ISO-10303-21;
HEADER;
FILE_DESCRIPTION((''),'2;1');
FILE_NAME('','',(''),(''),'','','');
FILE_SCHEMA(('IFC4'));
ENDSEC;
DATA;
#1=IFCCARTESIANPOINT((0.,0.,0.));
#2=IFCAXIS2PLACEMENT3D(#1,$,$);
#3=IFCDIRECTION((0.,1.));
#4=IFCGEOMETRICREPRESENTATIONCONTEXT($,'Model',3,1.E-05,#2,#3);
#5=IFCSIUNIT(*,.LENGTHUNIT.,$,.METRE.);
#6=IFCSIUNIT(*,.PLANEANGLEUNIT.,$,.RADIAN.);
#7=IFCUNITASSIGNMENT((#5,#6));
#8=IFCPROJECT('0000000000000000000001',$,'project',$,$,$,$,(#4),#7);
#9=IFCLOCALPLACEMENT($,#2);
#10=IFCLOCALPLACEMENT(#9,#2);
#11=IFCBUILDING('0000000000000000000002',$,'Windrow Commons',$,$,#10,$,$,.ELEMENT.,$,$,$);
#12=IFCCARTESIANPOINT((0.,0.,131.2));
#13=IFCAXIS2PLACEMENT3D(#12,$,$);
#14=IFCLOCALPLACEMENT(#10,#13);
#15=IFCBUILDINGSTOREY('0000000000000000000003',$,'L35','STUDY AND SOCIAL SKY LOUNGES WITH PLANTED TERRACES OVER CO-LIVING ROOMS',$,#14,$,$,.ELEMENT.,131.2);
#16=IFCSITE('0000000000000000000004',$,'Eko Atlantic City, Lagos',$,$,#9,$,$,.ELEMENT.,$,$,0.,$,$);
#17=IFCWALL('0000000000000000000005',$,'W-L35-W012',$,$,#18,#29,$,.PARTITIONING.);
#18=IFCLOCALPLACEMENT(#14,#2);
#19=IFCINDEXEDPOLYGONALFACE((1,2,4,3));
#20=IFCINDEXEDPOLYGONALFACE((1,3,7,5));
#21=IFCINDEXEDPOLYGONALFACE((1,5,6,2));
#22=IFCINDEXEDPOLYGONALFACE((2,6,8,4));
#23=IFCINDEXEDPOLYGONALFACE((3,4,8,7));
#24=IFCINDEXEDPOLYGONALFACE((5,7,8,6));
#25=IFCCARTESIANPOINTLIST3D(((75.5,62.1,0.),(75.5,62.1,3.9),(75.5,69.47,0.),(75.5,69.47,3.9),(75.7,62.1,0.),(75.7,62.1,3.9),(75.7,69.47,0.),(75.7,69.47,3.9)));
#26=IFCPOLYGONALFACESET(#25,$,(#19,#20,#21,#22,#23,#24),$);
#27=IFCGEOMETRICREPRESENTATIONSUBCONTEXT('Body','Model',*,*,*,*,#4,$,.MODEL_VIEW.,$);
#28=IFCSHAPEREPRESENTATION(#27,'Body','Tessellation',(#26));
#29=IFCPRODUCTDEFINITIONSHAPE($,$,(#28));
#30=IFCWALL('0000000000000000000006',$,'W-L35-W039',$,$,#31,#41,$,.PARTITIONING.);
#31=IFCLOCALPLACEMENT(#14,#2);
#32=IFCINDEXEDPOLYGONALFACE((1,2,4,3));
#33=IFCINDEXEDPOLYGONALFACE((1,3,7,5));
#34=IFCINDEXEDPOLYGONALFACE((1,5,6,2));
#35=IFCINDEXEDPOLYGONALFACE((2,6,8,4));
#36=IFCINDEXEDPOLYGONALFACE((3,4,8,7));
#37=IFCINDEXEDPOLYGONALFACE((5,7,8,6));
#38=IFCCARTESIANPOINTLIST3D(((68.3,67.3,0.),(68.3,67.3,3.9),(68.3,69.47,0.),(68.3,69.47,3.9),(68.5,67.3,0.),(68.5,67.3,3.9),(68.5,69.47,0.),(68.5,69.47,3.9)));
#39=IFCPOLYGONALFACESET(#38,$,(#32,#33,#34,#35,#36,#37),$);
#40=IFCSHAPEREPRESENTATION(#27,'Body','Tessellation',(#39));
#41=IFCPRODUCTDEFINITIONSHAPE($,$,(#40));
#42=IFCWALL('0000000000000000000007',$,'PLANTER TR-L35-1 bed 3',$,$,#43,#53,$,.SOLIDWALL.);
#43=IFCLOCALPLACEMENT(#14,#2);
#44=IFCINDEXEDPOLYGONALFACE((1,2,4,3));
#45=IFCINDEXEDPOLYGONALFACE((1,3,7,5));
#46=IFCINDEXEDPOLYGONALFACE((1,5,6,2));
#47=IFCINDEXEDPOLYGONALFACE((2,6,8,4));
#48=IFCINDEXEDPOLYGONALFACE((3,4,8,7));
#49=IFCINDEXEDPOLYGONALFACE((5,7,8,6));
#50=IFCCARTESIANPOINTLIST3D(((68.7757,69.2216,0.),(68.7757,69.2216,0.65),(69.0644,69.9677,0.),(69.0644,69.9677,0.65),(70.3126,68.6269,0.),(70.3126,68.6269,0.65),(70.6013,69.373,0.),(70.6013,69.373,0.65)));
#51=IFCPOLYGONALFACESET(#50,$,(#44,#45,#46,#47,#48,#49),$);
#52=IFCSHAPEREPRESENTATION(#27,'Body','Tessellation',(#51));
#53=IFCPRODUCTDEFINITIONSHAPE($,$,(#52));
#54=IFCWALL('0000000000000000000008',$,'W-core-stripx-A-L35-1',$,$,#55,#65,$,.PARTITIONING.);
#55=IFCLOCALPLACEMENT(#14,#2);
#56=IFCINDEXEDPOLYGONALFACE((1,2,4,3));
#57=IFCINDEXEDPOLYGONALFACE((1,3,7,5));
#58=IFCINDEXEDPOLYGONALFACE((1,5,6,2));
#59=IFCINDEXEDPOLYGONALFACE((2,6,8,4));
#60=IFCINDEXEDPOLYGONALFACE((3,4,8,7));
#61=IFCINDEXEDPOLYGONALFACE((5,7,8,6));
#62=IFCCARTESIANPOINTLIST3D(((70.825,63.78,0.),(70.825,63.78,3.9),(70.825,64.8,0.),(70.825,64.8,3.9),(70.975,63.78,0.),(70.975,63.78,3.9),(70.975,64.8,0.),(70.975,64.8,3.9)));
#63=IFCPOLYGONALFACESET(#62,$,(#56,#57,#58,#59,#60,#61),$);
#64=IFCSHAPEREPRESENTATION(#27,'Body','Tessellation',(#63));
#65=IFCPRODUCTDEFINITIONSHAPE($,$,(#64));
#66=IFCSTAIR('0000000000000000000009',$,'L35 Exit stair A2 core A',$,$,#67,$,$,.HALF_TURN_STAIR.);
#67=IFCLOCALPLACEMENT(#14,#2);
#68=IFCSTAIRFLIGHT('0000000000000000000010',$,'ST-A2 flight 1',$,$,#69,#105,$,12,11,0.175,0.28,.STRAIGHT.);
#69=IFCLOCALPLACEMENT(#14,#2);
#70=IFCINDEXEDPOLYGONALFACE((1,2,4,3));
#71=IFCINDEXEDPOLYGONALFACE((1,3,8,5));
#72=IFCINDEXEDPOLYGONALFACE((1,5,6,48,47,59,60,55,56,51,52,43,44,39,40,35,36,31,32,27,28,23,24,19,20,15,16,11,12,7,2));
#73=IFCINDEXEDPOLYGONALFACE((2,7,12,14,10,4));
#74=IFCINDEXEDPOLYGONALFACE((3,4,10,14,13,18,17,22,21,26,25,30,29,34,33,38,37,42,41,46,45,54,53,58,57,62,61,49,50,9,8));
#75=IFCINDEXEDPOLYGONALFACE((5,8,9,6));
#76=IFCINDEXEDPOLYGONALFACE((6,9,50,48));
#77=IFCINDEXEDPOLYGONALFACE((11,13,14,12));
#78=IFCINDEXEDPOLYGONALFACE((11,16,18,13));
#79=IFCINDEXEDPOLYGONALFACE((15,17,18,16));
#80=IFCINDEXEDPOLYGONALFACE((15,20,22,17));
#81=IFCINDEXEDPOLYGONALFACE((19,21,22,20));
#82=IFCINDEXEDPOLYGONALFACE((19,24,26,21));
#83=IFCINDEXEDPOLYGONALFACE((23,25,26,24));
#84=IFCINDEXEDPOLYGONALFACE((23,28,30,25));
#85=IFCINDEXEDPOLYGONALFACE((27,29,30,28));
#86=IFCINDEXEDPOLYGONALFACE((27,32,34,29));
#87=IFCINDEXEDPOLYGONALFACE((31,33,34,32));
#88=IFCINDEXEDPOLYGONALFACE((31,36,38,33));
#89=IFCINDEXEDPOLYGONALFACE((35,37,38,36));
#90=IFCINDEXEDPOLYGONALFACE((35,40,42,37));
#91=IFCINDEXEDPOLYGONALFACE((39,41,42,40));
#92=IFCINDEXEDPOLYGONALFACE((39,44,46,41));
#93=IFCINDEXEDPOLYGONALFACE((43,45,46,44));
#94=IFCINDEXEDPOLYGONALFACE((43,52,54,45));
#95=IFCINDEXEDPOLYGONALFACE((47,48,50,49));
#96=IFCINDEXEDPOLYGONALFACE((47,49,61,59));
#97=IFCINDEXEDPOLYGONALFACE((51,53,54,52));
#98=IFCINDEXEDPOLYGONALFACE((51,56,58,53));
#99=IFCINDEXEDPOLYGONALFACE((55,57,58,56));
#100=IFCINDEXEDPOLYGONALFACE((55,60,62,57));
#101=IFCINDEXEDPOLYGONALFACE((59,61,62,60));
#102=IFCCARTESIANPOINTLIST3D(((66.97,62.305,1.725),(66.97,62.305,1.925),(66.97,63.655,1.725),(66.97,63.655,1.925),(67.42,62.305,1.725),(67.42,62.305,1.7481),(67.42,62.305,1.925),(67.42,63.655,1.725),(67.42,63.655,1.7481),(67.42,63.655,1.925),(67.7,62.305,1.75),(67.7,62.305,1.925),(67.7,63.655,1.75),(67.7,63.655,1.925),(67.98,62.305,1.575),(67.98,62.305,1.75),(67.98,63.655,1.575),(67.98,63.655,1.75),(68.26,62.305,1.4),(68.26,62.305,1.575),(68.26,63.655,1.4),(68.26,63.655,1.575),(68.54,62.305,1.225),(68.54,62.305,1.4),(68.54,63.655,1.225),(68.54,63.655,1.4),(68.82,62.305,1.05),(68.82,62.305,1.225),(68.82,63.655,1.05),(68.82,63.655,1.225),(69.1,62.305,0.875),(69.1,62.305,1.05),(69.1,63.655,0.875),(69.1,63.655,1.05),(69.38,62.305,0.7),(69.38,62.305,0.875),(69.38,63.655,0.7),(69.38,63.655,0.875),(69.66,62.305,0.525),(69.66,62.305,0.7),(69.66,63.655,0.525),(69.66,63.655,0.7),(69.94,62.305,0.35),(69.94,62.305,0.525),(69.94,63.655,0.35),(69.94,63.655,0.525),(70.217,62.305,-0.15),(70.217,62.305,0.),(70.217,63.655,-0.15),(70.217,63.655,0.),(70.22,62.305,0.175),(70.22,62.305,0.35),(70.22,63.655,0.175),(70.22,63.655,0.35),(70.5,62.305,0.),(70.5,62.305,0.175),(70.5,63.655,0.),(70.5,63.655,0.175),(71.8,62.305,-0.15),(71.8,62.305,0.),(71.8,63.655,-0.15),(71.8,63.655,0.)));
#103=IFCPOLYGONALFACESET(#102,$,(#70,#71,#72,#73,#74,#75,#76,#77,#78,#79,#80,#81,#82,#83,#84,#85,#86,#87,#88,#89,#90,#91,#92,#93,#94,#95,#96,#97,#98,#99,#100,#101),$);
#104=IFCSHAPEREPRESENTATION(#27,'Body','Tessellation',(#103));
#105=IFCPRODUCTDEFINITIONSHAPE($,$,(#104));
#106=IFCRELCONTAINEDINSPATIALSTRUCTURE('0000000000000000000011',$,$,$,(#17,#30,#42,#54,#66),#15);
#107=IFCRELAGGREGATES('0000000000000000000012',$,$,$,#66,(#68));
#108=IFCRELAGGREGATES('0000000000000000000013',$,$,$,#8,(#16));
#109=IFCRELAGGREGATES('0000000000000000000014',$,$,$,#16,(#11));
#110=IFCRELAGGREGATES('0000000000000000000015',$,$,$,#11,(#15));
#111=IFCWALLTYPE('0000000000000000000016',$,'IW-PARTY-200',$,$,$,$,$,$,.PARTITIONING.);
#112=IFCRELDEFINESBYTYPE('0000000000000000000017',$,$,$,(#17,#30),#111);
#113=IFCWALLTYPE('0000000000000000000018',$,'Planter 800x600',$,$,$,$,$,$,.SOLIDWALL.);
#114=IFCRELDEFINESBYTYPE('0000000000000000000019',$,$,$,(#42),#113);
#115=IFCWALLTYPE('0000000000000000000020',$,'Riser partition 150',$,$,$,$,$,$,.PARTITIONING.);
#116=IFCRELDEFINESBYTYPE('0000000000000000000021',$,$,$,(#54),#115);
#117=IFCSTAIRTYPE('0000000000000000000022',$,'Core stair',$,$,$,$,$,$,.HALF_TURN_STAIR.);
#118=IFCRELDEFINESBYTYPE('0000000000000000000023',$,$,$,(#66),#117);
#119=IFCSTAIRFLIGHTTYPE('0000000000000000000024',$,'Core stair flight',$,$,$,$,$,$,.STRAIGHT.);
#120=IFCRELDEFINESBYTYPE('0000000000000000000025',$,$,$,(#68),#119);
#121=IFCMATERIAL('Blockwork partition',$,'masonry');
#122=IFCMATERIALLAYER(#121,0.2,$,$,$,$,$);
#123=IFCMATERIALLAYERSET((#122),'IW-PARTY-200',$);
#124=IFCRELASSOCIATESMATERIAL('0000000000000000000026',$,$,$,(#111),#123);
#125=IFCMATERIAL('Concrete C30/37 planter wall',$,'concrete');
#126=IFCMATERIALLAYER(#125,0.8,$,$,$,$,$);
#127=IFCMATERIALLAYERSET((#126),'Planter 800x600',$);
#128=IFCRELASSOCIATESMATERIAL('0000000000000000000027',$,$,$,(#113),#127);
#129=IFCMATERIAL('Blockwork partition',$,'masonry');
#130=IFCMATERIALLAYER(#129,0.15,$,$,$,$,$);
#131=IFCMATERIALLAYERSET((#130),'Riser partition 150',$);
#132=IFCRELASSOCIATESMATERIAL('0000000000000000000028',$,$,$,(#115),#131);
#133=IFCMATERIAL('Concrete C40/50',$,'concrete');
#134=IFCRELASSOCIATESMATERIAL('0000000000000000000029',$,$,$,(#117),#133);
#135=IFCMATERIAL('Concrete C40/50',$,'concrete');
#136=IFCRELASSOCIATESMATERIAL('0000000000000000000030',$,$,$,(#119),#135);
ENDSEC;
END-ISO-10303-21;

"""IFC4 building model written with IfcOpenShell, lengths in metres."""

from ifc_helpers import new_model, si_unit, direction, frame, frame_2d, origin, place, context, subcontext, project, spatial, polyline, rectangle, outline, extrude, material, layer, layer_set, type_object, element, aggregate, save


model = new_model("IFC4")

# Units and contexts
model_context = context("Model", 3, precision=1e-05, world=origin(), true_north=direction((0.0, 1.0)))
body_context = subcontext(model_context, "Body", "Model", "MODEL_VIEW")
ifc_project = project(units=[si_unit("LENGTHUNIT", "METRE"), si_unit("PLANEANGLEUNIT", "RADIAN")], contexts=[model_context])

# Site, building, storey
site_placement = place(None, origin())
site = spatial("IfcSite", under=ifc_project, at=site_placement, Name="Eko Atlantic City, Lagos", CompositionType="ELEMENT", RefElevation=0.0)
building_placement = place(site_placement, origin())
building = spatial("IfcBuilding", under=site, at=building_placement, Name="Windrow Commons", CompositionType="ELEMENT")
storey_placement = place(building_placement, frame((0.0, 0.0, 131.2)))
storey = spatial("IfcBuildingStorey", under=building, at=storey_placement, Name="L35", Description="STUDY AND SOCIAL SKY LOUNGES WITH PLANTED TERRACES OVER CO-LIVING ROOMS", CompositionType="ELEMENT", Elevation=131.2)

# Shared definitions
placement = place(storey_placement, origin())

# Walls
ifc_material_1 = material(Name="Blockwork partition", Category="masonry")
ifc_layer_1 = layer(ifc_material_1, 0.2)
ifc_layer_set_1 = layer_set([ifc_layer_1], Name="IW-PARTY-200")
wall_type_1 = type_object("IfcWallType", Name="IW-PARTY-200", PredefinedType="PARTITIONING", material=ifc_layer_set_1)
wall_1_placement = place(storey_placement, frame((75.6, 62.1, 0.0), z_axis=(0.0, 0.0, 1.0), x_axis=(0.0, 1.0, 0.0)))
element("IfcWall", 1, at=wall_1_placement, inside=storey, type_object=wall_type_1, Name="W-L35-W012", PredefinedType="PARTITIONING", context=body_context, shape_type="SweptSolid", body=[
    extrude(rectangle(XDim=7.37, YDim=0.2, at=frame_2d((3.685, 0.0))), origin(), (0.0, 0.0, 1.0), 3.9),
])
wall_2_placement = place(storey_placement, frame((68.4, 67.3, 0.0), z_axis=(0.0, 0.0, 1.0), x_axis=(0.0, 1.0, 0.0)))
element("IfcWall", 2, at=wall_2_placement, inside=storey, type_object=wall_type_1, Name="W-L35-W039", PredefinedType="PARTITIONING", context=body_context, shape_type="SweptSolid", body=[
    extrude(rectangle(XDim=2.17, YDim=0.2, at=frame_2d((1.085, 0.0))), origin(), (0.0, 0.0, 1.0), 3.9),
])
ifc_material_2 = material(Name="Concrete C30/37 planter wall", Category="concrete")
ifc_layer_2 = layer(ifc_material_2, 0.8)
ifc_layer_set_2 = layer_set([ifc_layer_2], Name="Planter 800x600")
wall_type_2 = type_object("IfcWallType", Name="Planter 800x600", PredefinedType="SOLIDWALL", material=ifc_layer_set_2)
wall_3_placement = place(storey_placement, frame((70.4569, 69.0, 0.0), z_axis=(0.0, 0.0, 1.0), x_axis=(-0.932615, 0.360873, 0.0)))
element("IfcWall", 3, at=wall_3_placement, inside=storey, type_object=wall_type_2, Name="PLANTER TR-L35-1 bed 3", PredefinedType="SOLIDWALL", context=body_context, shape_type="SweptSolid", body=[
    extrude(rectangle(XDim=1.6479, YDim=0.8, at=frame_2d((0.8239, 0.0))), origin(), (0.0, 0.0, 1.0), 0.65),
])
ifc_material_3 = material(Name="Blockwork partition", Category="masonry")
ifc_layer_3 = layer(ifc_material_3, 0.15)
ifc_layer_set_3 = layer_set([ifc_layer_3], Name="Riser partition 150")
wall_type_3 = type_object("IfcWallType", Name="Riser partition 150", PredefinedType="PARTITIONING", material=ifc_layer_set_3)
wall_4_placement = place(storey_placement, frame((70.9, 63.78, 0.0), z_axis=(0.0, 0.0, 1.0), x_axis=(0.0, 1.0, 0.0)))
element("IfcWall", 4, at=wall_4_placement, inside=storey, type_object=wall_type_3, Name="W-core-stripx-A-L35-1", PredefinedType="PARTITIONING", context=body_context, shape_type="SweptSolid", body=[
    extrude(rectangle(XDim=1.02, YDim=0.15, at=frame_2d((0.51, 0.0))), origin(), (0.0, 0.0, 1.0), 3.9),
])

# Stair, stair flight
ifc_material_4 = material(Name="Concrete C40/50", Category="concrete")
stair_type = type_object("IfcStairType", Name="Core stair", PredefinedType="HALF_TURN_STAIR", material=ifc_material_4)
stair = element("IfcStair", 5, at=placement, inside=storey, type_object=stair_type, Name="L35 Exit stair A2 core A", PredefinedType="HALF_TURN_STAIR")
ifc_material_5 = material(Name="Concrete C40/50", Category="concrete")
stair_flight_type = type_object("IfcStairFlightType", Name="Core stair flight", PredefinedType="STRAIGHT", material=ifc_material_5)
stair_flight_placement = place(storey_placement, frame((70.5, 62.98, 0.0), z_axis=(0.0, 0.0, 1.0), x_axis=(-1.0, 0.0, 0.0)))
stair_flight = element("IfcStairFlight", 6, at=stair_flight_placement, type_object=stair_flight_type, Name="ST-A2 flight 1", NumberOfRisers=12, NumberOfTreads=11, PredefinedType="STRAIGHT", RiserHeight=0.175, TreadLength=0.28, context=body_context, shape_type="SweptSolid", body=[
    extrude(outline(polyline([(-1.3, -0.15), (-1.3, 0.0), (0.0, 0.0), (0.0, 0.175), (0.28, 0.175), (0.28, 0.35), (0.56, 0.35), (0.56, 0.525), (0.84, 0.525), (0.84, 0.7), (1.12, 0.7), (1.12, 0.875), (1.4, 0.875), (1.4, 1.05), (1.68, 1.05), (1.68, 1.225), (1.96, 1.225), (1.96, 1.4), (2.24, 1.4), (2.24, 1.575), (2.52, 1.575), (2.52, 1.75), (2.8, 1.75), (2.8, 1.925), (3.08, 1.925), (3.53, 1.925), (3.53, 1.725), (3.08, 1.725), (3.08, 1.7481), (0.283, 0.0), (0.283, -0.15), (-1.3, -0.15)])), frame((0.0, 0.675, 0.0), z_axis=(0.0, -1.0, 0.0), x_axis=(1.0, 0.0, 0.0)), (0.0, 0.0, 1.0), 1.35),
])
aggregate(stair, [stair_flight])

save(model, "model.ifc")
